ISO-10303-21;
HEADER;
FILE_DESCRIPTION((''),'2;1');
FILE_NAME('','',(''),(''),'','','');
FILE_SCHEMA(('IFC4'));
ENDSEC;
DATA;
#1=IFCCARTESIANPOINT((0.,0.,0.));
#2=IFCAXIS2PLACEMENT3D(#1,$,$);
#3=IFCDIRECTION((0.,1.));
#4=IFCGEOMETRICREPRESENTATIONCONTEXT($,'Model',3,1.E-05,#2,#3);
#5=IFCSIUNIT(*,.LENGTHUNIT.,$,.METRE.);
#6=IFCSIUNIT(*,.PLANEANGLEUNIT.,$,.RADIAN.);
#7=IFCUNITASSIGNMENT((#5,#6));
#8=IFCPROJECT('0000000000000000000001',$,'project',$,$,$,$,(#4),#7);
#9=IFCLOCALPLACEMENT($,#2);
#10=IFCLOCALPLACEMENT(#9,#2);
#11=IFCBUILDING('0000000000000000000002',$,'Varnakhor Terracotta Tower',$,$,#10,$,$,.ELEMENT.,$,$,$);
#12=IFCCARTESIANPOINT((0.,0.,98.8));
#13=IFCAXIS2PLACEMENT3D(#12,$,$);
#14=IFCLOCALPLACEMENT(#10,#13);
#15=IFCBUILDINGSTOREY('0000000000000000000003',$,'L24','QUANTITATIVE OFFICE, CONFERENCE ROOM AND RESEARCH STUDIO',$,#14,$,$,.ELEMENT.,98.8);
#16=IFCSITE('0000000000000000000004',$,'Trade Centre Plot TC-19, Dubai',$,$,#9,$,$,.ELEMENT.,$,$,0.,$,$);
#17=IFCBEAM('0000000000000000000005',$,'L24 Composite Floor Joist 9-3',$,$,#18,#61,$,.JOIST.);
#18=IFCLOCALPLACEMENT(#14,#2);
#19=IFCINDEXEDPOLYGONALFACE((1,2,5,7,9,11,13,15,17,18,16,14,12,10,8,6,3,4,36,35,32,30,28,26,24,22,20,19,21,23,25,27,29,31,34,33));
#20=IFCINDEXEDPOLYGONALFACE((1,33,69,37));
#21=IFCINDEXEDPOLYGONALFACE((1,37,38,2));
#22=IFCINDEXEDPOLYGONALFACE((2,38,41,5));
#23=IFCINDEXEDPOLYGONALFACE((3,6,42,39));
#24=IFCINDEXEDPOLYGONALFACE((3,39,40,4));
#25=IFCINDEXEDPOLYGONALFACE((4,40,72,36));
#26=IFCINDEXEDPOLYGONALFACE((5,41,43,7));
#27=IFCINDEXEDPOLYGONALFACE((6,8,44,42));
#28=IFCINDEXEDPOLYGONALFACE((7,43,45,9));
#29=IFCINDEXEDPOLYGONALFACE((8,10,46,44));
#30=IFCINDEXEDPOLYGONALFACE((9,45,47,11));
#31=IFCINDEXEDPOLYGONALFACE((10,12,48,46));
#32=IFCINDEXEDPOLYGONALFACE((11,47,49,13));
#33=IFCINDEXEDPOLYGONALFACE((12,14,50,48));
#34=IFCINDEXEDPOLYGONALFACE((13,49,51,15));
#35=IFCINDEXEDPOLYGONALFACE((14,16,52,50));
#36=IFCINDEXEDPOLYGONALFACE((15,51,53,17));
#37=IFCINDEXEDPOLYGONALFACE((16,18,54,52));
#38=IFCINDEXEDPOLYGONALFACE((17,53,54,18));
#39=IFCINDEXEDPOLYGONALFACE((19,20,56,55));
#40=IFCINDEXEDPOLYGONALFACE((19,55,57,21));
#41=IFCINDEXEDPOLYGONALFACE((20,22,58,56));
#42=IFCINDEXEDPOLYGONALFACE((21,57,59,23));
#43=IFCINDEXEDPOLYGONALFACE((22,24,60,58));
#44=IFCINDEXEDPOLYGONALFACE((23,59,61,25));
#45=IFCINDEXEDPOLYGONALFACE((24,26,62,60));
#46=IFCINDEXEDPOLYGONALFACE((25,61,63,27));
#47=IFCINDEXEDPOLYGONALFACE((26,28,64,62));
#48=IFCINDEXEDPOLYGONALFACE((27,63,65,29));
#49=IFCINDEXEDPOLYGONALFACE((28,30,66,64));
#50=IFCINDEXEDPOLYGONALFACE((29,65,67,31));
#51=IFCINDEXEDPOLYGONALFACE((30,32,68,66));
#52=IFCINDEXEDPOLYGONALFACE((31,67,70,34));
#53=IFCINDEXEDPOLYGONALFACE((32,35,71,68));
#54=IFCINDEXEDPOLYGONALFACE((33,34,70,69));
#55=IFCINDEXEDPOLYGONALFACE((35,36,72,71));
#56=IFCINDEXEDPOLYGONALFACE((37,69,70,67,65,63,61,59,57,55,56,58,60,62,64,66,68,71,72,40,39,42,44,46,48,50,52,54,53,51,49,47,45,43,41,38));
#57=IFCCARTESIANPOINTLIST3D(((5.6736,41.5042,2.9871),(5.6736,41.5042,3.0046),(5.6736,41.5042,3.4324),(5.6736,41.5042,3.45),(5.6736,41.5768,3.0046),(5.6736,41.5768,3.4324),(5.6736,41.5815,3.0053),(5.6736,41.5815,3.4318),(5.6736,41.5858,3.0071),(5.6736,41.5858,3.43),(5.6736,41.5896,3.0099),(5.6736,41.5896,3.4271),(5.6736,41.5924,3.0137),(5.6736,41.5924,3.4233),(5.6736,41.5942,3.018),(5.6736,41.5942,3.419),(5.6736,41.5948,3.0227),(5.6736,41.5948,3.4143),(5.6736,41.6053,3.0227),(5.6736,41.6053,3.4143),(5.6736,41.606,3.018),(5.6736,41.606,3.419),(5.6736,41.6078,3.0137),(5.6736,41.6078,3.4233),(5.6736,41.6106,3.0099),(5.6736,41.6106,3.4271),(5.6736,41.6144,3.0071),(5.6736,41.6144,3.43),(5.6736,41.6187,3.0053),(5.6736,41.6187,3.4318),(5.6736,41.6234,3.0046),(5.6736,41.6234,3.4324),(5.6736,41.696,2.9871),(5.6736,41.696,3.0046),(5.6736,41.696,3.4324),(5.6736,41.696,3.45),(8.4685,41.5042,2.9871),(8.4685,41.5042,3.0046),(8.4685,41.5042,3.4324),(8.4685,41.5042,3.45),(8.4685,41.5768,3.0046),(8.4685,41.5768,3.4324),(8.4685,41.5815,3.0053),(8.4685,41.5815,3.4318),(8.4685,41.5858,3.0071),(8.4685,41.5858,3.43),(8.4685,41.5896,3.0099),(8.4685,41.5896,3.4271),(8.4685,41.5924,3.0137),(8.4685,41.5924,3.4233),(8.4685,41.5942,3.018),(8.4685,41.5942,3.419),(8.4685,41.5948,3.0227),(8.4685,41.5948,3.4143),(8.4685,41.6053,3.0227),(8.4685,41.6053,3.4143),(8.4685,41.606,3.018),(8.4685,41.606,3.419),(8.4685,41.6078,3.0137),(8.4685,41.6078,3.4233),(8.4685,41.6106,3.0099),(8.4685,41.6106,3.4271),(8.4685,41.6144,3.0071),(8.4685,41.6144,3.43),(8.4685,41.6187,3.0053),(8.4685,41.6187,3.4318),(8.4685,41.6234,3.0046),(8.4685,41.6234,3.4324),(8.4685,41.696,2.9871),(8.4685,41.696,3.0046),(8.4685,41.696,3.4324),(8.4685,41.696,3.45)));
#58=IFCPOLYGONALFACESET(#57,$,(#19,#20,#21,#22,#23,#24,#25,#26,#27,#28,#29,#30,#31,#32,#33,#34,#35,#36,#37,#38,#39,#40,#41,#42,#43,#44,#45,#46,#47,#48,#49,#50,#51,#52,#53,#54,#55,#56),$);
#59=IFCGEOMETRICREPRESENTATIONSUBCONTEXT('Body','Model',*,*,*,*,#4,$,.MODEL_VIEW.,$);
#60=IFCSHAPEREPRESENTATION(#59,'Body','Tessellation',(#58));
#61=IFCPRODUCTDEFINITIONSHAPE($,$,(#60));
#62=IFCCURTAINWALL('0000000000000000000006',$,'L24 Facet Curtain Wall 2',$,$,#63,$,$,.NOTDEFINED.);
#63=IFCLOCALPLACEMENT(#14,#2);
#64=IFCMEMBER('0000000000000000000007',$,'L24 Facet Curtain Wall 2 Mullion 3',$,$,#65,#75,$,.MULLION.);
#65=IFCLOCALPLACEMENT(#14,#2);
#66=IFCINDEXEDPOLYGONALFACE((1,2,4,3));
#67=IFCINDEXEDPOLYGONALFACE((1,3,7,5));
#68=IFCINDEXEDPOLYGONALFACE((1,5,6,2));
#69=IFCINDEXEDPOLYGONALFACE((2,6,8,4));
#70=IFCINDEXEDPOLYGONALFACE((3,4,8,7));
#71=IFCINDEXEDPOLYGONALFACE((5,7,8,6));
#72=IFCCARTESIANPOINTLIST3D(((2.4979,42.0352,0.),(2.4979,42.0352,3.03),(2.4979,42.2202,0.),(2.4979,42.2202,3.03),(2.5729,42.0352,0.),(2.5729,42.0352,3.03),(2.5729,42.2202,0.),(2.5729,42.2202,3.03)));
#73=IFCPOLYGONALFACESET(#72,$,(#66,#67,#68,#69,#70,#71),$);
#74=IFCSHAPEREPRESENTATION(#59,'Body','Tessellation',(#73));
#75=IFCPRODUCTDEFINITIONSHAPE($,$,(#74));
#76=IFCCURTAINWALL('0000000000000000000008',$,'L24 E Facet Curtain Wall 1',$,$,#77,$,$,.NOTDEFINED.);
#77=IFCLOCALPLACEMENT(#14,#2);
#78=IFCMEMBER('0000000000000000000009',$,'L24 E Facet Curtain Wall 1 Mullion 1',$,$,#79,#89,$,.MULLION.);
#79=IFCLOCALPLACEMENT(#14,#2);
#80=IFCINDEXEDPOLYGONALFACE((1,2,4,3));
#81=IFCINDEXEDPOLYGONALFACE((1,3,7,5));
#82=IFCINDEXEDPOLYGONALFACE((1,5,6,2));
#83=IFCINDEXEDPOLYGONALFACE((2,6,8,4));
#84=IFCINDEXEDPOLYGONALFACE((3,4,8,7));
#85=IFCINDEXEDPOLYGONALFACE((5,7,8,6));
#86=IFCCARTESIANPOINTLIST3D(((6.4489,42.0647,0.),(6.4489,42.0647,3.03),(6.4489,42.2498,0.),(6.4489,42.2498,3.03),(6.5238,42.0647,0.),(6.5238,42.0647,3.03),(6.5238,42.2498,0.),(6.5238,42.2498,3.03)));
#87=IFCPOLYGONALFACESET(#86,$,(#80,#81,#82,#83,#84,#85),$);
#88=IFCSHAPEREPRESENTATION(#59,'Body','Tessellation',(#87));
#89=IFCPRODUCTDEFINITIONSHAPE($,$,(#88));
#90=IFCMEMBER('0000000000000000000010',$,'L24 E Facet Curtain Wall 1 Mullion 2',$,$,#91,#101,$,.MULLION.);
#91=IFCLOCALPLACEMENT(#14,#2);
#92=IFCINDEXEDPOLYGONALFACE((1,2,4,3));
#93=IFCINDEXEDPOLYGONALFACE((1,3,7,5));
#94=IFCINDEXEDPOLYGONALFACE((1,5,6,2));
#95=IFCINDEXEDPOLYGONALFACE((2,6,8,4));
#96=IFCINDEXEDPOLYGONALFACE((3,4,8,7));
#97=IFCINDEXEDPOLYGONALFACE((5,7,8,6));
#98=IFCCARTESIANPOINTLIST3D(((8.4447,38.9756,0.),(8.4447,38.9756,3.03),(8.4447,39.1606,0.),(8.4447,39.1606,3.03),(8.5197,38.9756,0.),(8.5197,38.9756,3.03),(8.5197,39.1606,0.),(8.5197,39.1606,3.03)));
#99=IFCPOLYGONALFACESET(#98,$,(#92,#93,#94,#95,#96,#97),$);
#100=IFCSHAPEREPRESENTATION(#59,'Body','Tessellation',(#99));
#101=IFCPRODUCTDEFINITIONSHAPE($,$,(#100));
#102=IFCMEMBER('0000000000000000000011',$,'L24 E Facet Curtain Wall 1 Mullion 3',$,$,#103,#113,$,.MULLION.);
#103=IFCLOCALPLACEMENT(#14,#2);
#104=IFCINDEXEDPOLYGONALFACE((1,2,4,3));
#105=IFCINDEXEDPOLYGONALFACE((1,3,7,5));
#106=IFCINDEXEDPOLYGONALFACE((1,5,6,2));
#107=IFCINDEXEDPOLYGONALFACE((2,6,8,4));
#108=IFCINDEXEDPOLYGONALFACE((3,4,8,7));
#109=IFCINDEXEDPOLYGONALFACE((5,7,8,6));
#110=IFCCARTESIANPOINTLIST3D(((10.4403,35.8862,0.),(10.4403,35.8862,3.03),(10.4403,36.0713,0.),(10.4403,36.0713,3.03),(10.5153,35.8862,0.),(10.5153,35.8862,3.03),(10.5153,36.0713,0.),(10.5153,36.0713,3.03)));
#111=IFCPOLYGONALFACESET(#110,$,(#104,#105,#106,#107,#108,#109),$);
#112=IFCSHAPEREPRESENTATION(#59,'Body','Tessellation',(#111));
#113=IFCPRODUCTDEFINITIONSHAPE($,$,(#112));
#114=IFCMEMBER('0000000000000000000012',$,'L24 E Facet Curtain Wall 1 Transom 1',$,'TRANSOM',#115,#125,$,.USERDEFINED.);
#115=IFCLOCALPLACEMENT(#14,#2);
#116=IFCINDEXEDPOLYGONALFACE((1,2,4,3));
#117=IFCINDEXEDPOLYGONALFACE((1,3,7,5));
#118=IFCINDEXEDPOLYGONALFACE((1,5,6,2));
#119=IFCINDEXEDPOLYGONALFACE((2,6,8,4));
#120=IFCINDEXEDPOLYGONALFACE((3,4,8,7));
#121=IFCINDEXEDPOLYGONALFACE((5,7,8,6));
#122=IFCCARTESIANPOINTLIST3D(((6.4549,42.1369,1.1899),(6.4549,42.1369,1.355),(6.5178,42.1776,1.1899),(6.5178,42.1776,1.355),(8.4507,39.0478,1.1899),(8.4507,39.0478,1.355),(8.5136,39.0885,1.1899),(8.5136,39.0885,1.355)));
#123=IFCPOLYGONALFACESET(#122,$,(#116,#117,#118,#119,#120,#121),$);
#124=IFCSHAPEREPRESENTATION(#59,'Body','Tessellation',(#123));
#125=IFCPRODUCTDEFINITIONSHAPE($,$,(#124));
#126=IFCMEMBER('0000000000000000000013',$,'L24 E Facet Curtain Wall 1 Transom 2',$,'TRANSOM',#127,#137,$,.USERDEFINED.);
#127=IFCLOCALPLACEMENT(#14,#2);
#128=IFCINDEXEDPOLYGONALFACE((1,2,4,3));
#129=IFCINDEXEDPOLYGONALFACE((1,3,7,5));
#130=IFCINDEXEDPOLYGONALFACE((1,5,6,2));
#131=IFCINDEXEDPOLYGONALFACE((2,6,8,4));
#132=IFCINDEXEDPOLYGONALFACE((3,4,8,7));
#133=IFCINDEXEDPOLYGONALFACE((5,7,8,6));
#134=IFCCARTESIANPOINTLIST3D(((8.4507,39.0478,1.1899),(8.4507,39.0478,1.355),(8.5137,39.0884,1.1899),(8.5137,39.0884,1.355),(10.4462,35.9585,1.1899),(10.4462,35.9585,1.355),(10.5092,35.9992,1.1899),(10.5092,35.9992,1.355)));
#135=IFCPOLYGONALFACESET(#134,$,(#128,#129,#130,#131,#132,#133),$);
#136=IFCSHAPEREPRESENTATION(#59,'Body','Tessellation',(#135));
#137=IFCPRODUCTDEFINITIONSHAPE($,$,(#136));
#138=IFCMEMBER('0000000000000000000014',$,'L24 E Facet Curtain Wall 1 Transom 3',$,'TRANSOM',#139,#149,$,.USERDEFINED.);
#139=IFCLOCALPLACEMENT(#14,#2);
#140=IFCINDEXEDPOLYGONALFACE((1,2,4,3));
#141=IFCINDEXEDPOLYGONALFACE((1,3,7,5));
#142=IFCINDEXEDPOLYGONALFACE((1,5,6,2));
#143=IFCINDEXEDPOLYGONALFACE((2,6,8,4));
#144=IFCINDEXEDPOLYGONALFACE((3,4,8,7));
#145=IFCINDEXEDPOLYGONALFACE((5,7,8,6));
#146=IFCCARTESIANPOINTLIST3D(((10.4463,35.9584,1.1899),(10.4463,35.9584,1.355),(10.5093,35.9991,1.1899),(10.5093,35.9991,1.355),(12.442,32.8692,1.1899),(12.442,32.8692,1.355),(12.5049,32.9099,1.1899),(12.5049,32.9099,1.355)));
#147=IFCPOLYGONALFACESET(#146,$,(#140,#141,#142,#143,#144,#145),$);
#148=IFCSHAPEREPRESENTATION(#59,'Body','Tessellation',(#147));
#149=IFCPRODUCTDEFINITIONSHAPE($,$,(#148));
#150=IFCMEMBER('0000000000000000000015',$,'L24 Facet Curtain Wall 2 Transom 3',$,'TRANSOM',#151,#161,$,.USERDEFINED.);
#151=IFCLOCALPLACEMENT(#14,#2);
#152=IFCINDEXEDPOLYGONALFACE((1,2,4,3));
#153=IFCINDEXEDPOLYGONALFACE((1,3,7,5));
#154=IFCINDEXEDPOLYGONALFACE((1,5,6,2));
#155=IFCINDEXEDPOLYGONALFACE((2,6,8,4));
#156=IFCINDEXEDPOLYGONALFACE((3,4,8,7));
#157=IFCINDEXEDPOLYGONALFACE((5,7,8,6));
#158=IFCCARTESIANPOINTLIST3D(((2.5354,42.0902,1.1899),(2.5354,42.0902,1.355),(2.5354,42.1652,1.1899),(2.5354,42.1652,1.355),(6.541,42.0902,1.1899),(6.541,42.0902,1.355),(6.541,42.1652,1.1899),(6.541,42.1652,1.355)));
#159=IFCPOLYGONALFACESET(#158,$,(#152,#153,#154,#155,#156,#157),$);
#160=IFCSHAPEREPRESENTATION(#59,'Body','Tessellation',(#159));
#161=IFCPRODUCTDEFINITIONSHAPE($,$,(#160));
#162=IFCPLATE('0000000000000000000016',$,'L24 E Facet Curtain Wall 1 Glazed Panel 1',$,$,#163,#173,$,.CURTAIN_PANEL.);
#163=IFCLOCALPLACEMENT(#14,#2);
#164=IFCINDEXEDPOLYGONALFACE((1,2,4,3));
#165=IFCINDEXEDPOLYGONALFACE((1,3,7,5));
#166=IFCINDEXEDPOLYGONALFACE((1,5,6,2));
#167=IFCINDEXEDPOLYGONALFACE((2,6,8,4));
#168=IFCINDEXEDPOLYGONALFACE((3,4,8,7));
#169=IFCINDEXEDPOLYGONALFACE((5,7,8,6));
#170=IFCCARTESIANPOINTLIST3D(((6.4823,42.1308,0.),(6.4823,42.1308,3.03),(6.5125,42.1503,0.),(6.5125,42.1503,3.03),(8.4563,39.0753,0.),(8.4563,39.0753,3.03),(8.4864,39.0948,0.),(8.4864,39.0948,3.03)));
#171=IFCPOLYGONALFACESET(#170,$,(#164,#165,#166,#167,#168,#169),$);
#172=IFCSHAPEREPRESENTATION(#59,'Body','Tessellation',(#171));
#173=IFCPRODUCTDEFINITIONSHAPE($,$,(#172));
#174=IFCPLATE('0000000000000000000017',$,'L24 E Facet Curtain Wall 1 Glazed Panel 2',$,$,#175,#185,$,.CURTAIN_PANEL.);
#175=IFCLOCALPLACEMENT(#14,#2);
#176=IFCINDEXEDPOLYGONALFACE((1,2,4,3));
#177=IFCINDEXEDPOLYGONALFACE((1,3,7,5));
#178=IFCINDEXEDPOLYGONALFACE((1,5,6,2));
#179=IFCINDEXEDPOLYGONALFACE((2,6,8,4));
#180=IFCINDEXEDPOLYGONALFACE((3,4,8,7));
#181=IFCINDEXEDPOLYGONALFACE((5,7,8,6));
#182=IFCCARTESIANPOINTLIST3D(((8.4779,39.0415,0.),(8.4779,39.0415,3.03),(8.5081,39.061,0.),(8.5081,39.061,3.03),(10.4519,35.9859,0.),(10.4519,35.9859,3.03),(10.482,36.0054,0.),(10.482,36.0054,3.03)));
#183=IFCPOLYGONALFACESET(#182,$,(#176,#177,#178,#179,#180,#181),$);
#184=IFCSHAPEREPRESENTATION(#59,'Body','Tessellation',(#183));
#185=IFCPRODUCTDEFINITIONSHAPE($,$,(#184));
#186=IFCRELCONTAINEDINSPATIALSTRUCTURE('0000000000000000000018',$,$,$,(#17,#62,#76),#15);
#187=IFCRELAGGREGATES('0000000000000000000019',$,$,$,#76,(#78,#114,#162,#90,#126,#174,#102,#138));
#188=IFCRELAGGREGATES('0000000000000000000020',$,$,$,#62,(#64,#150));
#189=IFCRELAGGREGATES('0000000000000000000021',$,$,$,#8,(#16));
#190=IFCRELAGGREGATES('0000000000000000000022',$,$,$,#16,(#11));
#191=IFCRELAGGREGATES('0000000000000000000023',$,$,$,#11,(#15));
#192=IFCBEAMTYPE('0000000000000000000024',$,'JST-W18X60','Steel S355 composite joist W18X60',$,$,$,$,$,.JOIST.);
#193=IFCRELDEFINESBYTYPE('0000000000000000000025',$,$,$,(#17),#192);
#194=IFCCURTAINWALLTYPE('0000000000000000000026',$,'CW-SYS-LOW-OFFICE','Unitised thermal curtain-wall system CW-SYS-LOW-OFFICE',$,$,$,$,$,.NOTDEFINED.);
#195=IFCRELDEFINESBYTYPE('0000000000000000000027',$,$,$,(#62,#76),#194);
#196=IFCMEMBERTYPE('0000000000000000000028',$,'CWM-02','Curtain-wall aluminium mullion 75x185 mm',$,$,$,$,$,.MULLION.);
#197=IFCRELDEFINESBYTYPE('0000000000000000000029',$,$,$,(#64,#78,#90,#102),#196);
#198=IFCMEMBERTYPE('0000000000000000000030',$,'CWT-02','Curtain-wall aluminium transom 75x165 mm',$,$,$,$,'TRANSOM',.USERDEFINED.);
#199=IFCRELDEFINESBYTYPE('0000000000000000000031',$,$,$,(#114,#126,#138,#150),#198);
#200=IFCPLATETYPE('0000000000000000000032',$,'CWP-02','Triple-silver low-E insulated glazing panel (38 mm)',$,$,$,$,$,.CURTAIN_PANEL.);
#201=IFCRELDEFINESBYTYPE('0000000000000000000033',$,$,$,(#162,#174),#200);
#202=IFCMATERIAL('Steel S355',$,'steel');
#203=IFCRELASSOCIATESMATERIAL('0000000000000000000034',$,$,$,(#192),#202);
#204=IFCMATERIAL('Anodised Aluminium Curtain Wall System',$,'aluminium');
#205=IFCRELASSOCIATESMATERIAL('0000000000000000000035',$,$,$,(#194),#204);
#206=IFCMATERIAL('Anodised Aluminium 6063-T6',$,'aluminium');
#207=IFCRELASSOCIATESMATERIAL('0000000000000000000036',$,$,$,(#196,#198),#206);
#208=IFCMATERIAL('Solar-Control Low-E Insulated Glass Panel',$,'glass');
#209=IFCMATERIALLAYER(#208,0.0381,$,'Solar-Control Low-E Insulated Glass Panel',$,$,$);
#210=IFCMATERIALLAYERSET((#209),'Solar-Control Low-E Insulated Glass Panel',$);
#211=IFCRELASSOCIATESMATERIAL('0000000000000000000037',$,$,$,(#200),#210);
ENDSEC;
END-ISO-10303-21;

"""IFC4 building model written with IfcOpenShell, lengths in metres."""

from ifc_helpers import new_model, si_unit, direction, frame, origin, origin_2d, place, context, subcontext, project, spatial, rectangle, i_section, extrude, source, transform, mapped, material, layer, layer_set, material_profile, profile_set, type_object, type_shapes, element, aggregate, save


model = new_model("IFC4")

# Units and contexts
model_context = context("Model", 3, precision=1e-05, world=origin(), true_north=direction((0.0, 1.0)))
body_context = subcontext(model_context, "Body", "Model", "MODEL_VIEW")
ifc_project = project(units=[si_unit("LENGTHUNIT", "METRE"), si_unit("PLANEANGLEUNIT", "RADIAN")], contexts=[model_context])

# Site, building, storey
site_placement = place(None, origin())
site = spatial("IfcSite", under=ifc_project, at=site_placement, Name="Trade Centre Plot TC-19, Dubai", CompositionType="ELEMENT", RefElevation=0.0)
building_placement = place(site_placement, origin())
building = spatial("IfcBuilding", under=site, at=building_placement, Name="Varnakhor Terracotta Tower", CompositionType="ELEMENT")
storey_placement = place(building_placement, frame((0.0, 0.0, 98.8)))
storey = spatial("IfcBuildingStorey", under=building, at=storey_placement, Name="L24", Description="QUANTITATIVE OFFICE, CONFERENCE ROOM AND RESEARCH STUDIO", CompositionType="ELEMENT", Elevation=98.8)

# Beam
ifc_material_1 = material(Name="Steel S355", Category="steel")
ifc_material_profile_1 = material_profile(ifc_material_1, i_section(OverallWidth=0.1919, OverallDepth=0.4629, WebThickness=0.0105, FlangeThickness=0.0176, FilletRadius=0.0181, at=origin_2d()), Name="W18X60")
ifc_profile_set_1 = profile_set([ifc_material_profile_1], Name="Steel S355")
beam_type_1 = type_object("IfcBeamType", Name="JST-W18X60", Description="Steel S355 composite joist W18X60", PredefinedType="JOIST", material=ifc_profile_set_1)
shared_shape_1 = source(origin(), body_context, "Body", "SweptSolid", [
    extrude(i_section(OverallWidth=0.1919, OverallDepth=0.4629, WebThickness=0.0105, FlangeThickness=0.0176, FilletRadius=0.0181, at=origin_2d()), origin(), (0.0, 0.0, 1.0), 2.7949),
])
beam_1_placement = place(storey_placement, frame((5.6736, 41.6001, 3.2185), z_axis=(1.0, 0.0, 0.0), x_axis=(0.0, 1.0, 0.0)))
element("IfcBeam", 1, at=beam_1_placement, inside=storey, type_object=beam_type_1, Name="L24 Composite Floor Joist 9-3", PredefinedType="JOIST", context=body_context, shape_type="MappedRepresentation", body=[
    mapped(shared_shape_1, transform((0.0, 0.0, 0.0), scale=1.0)),
])

# Curtain wall, member
ifc_material_2 = material(Name="Anodised Aluminium Curtain Wall System", Category="aluminium")
curtain_wall_type = type_object("IfcCurtainWallType", Name="CW-SYS-LOW-OFFICE", Description="Unitised thermal curtain-wall system CW-SYS-LOW-OFFICE", PredefinedType="NOTDEFINED", material=ifc_material_2)
curtain_wall_1_placement = place(storey_placement, origin())
curtain_wall_1 = element("IfcCurtainWall", 2, at=curtain_wall_1_placement, inside=storey, type_object=curtain_wall_type, Name="L24 Facet Curtain Wall 2", PredefinedType="NOTDEFINED")
ifc_material_3 = material(Name="Anodised Aluminium 6063-T6", Category="aluminium")
ifc_material_profile_2 = material_profile(ifc_material_3, rectangle(XDim=0.075, YDim=0.1851, at=origin_2d()), Name="ALU MULLION 75x185")
ifc_profile_set_2 = profile_set([ifc_material_profile_2], Name="Anodised Aluminium 6063-T6")
member_type_1 = type_object("IfcMemberType", Name="CWM-02", Description="Curtain-wall aluminium mullion 75x185 mm", PredefinedType="MULLION", material=ifc_profile_set_2)
shared_shape_2 = source(origin(), body_context, "Body", "SweptSolid", [
    extrude(rectangle(XDim=0.075, YDim=0.1851, at=origin_2d()), origin(), (0.0, 0.0, 1.0), 3.03),
])
type_shapes(member_type_1, [shared_shape_2])
member_1_placement = place(storey_placement, frame((2.5354, 42.1277, 0.0), z_axis=(0.0, 0.0, 1.0), x_axis=(1.0, 0.0, 0.0)))
member_1 = element("IfcMember", 3, at=member_1_placement, type_object=member_type_1, Name="L24 Facet Curtain Wall 2 Mullion 3", PredefinedType="MULLION", context=body_context, shape_type="MappedRepresentation", body=[
    mapped(shared_shape_2, transform((0.0, 0.0, 0.0), scale=1.0)),
])

# Curtain wall, members
curtain_wall_2_placement = place(storey_placement, origin())
curtain_wall_2 = element("IfcCurtainWall", 4, at=curtain_wall_2_placement, inside=storey, type_object=curtain_wall_type, Name="L24 E Facet Curtain Wall 1", PredefinedType="NOTDEFINED")
member_2_placement = place(storey_placement, frame((6.4863, 42.1572, 0.0), z_axis=(0.0, 0.0, 1.0), x_axis=(1.0, 0.0, 0.0)))
member_2 = element("IfcMember", 5, at=member_2_placement, type_object=member_type_1, Name="L24 E Facet Curtain Wall 1 Mullion 1", PredefinedType="MULLION", context=body_context, shape_type="MappedRepresentation", body=[
    mapped(shared_shape_2, transform((0.0, 0.0, 0.0), scale=1.0)),
])
member_3_placement = place(storey_placement, frame((8.4822, 39.0681, 0.0), z_axis=(0.0, 0.0, 1.0), x_axis=(1.0, 0.0, 0.0)))
member_3 = element("IfcMember", 6, at=member_3_placement, type_object=member_type_1, Name="L24 E Facet Curtain Wall 1 Mullion 2", PredefinedType="MULLION", context=body_context, shape_type="MappedRepresentation", body=[
    mapped(shared_shape_2, transform((0.0, 0.0, 0.0), scale=1.0)),
])
member_4_placement = place(storey_placement, frame((10.4778, 35.9788, 0.0), z_axis=(0.0, 0.0, 1.0), x_axis=(1.0, 0.0, 0.0)))
member_4 = element("IfcMember", 7, at=member_4_placement, type_object=member_type_1, Name="L24 E Facet Curtain Wall 1 Mullion 3", PredefinedType="MULLION", context=body_context, shape_type="MappedRepresentation", body=[
    mapped(shared_shape_2, transform((0.0, 0.0, 0.0), scale=1.0)),
])
ifc_material_profile_3 = material_profile(ifc_material_3, rectangle(XDim=0.075, YDim=0.165, at=origin_2d()), Name="ALU TRANSOM 75x165")
ifc_profile_set_3 = profile_set([ifc_material_profile_3], Name="Anodised Aluminium 6063-T6")
member_type_2 = type_object("IfcMemberType", Name="CWT-02", Description="Curtain-wall aluminium transom 75x165 mm", ElementType="TRANSOM", PredefinedType="USERDEFINED", material=ifc_profile_set_3)
shared_shape_3 = source(origin(), body_context, "Body", "SweptSolid", [
    extrude(rectangle(XDim=0.075, YDim=0.165, at=origin_2d()), origin(), (0.0, 0.0, 1.0), 3.6777),
])
member_5_placement = place(storey_placement, frame((6.4863, 42.1572, 1.2725), z_axis=(0.542679, -0.83994, 0.0), x_axis=(0.83994, 0.542679, 0.0)))
member_5 = element("IfcMember", 8, at=member_5_placement, type_object=member_type_2, Name="L24 E Facet Curtain Wall 1 Transom 1", ObjectType="TRANSOM", PredefinedType="USERDEFINED", context=body_context, shape_type="MappedRepresentation", body=[
    mapped(shared_shape_3, transform((0.0, 0.0, 0.0), scale=1.0)),
])
member_6_placement = place(storey_placement, frame((8.4822, 39.0681, 1.2725), z_axis=(0.542602, -0.83999, 0.0), x_axis=(0.83999, 0.542602, 0.0)))
member_6 = element("IfcMember", 9, at=member_6_placement, type_object=member_type_2, Name="L24 E Facet Curtain Wall 1 Transom 2", ObjectType="TRANSOM", PredefinedType="USERDEFINED", context=body_context, shape_type="MappedRepresentation", body=[
    mapped(shared_shape_3, transform((0.0, 0.0, 0.0), scale=1.0)),
])
member_7_placement = place(storey_placement, frame((10.4778, 35.9788, 1.2725), z_axis=(0.542632, -0.839971, 0.0), x_axis=(0.839971, 0.542632, 0.0)))
member_7 = element("IfcMember", 10, at=member_7_placement, type_object=member_type_2, Name="L24 E Facet Curtain Wall 1 Transom 3", ObjectType="TRANSOM", PredefinedType="USERDEFINED", context=body_context, shape_type="MappedRepresentation", body=[
    mapped(shared_shape_3, transform((0.0, 0.0, 0.0), scale=1.0)),
])

# Member
shared_shape_4 = source(origin(), body_context, "Body", "SweptSolid", [
    extrude(rectangle(XDim=0.075, YDim=0.165, at=origin_2d()), origin(), (0.0, 0.0, 1.0), 4.0056),
])
member_8_placement = place(storey_placement, frame((2.5354, 42.1277, 1.2725), z_axis=(1.0, 0.0, 0.0), x_axis=(0.0, 1.0, 0.0)))
member_8 = element("IfcMember", 11, at=member_8_placement, type_object=member_type_2, Name="L24 Facet Curtain Wall 2 Transom 3", ObjectType="TRANSOM", PredefinedType="USERDEFINED", context=body_context, shape_type="MappedRepresentation", body=[
    mapped(shared_shape_4, transform((0.0, 0.0, 0.0), scale=1.0)),
])

# Plates
ifc_material_4 = material(Name="Solar-Control Low-E Insulated Glass Panel", Category="glass")
ifc_layer = layer(ifc_material_4, 0.0381, Name="Solar-Control Low-E Insulated Glass Panel")
ifc_layer_set = layer_set([ifc_layer], Name="Solar-Control Low-E Insulated Glass Panel")
plate_type = type_object("IfcPlateType", Name="CWP-02", Description="Triple-silver low-E insulated glazing panel (38 mm)", PredefinedType="CURTAIN_PANEL", material=ifc_layer_set)
shared_shape_5 = source(origin(), body_context, "Body", "SweptSolid", [
    extrude(rectangle(XDim=3.6377, YDim=0.0359, at=origin_2d()), origin(), (0.0, 0.0, 1.0), 3.03),
])
plate_1_placement = place(storey_placement, frame((7.4844, 40.6128, 0.0), z_axis=(0.0, 0.0, 1.0), x_axis=(0.542632, -0.83997, 0.0)))
plate_1 = element("IfcPlate", 12, at=plate_1_placement, type_object=plate_type, Name="L24 E Facet Curtain Wall 1 Glazed Panel 1", PredefinedType="CURTAIN_PANEL", context=body_context, shape_type="MappedRepresentation", body=[
    mapped(shared_shape_5, transform((0.0, 0.0, 0.0), scale=1.0)),
])
plate_2_placement = place(storey_placement, frame((9.48, 37.5234, 0.0), z_axis=(0.0, 0.0, 1.0), x_axis=(0.542632, -0.83997, 0.0)))
plate_2 = element("IfcPlate", 13, at=plate_2_placement, type_object=plate_type, Name="L24 E Facet Curtain Wall 1 Glazed Panel 2", PredefinedType="CURTAIN_PANEL", context=body_context, shape_type="MappedRepresentation", body=[
    mapped(shared_shape_5, transform((0.0, 0.0, 0.0), scale=1.0)),
])
aggregate(curtain_wall_2, [member_2, member_5, plate_1, member_3, member_6, plate_2, member_4, member_7])
aggregate(curtain_wall_1, [member_1, member_8])

save(model, "model.ifc")
